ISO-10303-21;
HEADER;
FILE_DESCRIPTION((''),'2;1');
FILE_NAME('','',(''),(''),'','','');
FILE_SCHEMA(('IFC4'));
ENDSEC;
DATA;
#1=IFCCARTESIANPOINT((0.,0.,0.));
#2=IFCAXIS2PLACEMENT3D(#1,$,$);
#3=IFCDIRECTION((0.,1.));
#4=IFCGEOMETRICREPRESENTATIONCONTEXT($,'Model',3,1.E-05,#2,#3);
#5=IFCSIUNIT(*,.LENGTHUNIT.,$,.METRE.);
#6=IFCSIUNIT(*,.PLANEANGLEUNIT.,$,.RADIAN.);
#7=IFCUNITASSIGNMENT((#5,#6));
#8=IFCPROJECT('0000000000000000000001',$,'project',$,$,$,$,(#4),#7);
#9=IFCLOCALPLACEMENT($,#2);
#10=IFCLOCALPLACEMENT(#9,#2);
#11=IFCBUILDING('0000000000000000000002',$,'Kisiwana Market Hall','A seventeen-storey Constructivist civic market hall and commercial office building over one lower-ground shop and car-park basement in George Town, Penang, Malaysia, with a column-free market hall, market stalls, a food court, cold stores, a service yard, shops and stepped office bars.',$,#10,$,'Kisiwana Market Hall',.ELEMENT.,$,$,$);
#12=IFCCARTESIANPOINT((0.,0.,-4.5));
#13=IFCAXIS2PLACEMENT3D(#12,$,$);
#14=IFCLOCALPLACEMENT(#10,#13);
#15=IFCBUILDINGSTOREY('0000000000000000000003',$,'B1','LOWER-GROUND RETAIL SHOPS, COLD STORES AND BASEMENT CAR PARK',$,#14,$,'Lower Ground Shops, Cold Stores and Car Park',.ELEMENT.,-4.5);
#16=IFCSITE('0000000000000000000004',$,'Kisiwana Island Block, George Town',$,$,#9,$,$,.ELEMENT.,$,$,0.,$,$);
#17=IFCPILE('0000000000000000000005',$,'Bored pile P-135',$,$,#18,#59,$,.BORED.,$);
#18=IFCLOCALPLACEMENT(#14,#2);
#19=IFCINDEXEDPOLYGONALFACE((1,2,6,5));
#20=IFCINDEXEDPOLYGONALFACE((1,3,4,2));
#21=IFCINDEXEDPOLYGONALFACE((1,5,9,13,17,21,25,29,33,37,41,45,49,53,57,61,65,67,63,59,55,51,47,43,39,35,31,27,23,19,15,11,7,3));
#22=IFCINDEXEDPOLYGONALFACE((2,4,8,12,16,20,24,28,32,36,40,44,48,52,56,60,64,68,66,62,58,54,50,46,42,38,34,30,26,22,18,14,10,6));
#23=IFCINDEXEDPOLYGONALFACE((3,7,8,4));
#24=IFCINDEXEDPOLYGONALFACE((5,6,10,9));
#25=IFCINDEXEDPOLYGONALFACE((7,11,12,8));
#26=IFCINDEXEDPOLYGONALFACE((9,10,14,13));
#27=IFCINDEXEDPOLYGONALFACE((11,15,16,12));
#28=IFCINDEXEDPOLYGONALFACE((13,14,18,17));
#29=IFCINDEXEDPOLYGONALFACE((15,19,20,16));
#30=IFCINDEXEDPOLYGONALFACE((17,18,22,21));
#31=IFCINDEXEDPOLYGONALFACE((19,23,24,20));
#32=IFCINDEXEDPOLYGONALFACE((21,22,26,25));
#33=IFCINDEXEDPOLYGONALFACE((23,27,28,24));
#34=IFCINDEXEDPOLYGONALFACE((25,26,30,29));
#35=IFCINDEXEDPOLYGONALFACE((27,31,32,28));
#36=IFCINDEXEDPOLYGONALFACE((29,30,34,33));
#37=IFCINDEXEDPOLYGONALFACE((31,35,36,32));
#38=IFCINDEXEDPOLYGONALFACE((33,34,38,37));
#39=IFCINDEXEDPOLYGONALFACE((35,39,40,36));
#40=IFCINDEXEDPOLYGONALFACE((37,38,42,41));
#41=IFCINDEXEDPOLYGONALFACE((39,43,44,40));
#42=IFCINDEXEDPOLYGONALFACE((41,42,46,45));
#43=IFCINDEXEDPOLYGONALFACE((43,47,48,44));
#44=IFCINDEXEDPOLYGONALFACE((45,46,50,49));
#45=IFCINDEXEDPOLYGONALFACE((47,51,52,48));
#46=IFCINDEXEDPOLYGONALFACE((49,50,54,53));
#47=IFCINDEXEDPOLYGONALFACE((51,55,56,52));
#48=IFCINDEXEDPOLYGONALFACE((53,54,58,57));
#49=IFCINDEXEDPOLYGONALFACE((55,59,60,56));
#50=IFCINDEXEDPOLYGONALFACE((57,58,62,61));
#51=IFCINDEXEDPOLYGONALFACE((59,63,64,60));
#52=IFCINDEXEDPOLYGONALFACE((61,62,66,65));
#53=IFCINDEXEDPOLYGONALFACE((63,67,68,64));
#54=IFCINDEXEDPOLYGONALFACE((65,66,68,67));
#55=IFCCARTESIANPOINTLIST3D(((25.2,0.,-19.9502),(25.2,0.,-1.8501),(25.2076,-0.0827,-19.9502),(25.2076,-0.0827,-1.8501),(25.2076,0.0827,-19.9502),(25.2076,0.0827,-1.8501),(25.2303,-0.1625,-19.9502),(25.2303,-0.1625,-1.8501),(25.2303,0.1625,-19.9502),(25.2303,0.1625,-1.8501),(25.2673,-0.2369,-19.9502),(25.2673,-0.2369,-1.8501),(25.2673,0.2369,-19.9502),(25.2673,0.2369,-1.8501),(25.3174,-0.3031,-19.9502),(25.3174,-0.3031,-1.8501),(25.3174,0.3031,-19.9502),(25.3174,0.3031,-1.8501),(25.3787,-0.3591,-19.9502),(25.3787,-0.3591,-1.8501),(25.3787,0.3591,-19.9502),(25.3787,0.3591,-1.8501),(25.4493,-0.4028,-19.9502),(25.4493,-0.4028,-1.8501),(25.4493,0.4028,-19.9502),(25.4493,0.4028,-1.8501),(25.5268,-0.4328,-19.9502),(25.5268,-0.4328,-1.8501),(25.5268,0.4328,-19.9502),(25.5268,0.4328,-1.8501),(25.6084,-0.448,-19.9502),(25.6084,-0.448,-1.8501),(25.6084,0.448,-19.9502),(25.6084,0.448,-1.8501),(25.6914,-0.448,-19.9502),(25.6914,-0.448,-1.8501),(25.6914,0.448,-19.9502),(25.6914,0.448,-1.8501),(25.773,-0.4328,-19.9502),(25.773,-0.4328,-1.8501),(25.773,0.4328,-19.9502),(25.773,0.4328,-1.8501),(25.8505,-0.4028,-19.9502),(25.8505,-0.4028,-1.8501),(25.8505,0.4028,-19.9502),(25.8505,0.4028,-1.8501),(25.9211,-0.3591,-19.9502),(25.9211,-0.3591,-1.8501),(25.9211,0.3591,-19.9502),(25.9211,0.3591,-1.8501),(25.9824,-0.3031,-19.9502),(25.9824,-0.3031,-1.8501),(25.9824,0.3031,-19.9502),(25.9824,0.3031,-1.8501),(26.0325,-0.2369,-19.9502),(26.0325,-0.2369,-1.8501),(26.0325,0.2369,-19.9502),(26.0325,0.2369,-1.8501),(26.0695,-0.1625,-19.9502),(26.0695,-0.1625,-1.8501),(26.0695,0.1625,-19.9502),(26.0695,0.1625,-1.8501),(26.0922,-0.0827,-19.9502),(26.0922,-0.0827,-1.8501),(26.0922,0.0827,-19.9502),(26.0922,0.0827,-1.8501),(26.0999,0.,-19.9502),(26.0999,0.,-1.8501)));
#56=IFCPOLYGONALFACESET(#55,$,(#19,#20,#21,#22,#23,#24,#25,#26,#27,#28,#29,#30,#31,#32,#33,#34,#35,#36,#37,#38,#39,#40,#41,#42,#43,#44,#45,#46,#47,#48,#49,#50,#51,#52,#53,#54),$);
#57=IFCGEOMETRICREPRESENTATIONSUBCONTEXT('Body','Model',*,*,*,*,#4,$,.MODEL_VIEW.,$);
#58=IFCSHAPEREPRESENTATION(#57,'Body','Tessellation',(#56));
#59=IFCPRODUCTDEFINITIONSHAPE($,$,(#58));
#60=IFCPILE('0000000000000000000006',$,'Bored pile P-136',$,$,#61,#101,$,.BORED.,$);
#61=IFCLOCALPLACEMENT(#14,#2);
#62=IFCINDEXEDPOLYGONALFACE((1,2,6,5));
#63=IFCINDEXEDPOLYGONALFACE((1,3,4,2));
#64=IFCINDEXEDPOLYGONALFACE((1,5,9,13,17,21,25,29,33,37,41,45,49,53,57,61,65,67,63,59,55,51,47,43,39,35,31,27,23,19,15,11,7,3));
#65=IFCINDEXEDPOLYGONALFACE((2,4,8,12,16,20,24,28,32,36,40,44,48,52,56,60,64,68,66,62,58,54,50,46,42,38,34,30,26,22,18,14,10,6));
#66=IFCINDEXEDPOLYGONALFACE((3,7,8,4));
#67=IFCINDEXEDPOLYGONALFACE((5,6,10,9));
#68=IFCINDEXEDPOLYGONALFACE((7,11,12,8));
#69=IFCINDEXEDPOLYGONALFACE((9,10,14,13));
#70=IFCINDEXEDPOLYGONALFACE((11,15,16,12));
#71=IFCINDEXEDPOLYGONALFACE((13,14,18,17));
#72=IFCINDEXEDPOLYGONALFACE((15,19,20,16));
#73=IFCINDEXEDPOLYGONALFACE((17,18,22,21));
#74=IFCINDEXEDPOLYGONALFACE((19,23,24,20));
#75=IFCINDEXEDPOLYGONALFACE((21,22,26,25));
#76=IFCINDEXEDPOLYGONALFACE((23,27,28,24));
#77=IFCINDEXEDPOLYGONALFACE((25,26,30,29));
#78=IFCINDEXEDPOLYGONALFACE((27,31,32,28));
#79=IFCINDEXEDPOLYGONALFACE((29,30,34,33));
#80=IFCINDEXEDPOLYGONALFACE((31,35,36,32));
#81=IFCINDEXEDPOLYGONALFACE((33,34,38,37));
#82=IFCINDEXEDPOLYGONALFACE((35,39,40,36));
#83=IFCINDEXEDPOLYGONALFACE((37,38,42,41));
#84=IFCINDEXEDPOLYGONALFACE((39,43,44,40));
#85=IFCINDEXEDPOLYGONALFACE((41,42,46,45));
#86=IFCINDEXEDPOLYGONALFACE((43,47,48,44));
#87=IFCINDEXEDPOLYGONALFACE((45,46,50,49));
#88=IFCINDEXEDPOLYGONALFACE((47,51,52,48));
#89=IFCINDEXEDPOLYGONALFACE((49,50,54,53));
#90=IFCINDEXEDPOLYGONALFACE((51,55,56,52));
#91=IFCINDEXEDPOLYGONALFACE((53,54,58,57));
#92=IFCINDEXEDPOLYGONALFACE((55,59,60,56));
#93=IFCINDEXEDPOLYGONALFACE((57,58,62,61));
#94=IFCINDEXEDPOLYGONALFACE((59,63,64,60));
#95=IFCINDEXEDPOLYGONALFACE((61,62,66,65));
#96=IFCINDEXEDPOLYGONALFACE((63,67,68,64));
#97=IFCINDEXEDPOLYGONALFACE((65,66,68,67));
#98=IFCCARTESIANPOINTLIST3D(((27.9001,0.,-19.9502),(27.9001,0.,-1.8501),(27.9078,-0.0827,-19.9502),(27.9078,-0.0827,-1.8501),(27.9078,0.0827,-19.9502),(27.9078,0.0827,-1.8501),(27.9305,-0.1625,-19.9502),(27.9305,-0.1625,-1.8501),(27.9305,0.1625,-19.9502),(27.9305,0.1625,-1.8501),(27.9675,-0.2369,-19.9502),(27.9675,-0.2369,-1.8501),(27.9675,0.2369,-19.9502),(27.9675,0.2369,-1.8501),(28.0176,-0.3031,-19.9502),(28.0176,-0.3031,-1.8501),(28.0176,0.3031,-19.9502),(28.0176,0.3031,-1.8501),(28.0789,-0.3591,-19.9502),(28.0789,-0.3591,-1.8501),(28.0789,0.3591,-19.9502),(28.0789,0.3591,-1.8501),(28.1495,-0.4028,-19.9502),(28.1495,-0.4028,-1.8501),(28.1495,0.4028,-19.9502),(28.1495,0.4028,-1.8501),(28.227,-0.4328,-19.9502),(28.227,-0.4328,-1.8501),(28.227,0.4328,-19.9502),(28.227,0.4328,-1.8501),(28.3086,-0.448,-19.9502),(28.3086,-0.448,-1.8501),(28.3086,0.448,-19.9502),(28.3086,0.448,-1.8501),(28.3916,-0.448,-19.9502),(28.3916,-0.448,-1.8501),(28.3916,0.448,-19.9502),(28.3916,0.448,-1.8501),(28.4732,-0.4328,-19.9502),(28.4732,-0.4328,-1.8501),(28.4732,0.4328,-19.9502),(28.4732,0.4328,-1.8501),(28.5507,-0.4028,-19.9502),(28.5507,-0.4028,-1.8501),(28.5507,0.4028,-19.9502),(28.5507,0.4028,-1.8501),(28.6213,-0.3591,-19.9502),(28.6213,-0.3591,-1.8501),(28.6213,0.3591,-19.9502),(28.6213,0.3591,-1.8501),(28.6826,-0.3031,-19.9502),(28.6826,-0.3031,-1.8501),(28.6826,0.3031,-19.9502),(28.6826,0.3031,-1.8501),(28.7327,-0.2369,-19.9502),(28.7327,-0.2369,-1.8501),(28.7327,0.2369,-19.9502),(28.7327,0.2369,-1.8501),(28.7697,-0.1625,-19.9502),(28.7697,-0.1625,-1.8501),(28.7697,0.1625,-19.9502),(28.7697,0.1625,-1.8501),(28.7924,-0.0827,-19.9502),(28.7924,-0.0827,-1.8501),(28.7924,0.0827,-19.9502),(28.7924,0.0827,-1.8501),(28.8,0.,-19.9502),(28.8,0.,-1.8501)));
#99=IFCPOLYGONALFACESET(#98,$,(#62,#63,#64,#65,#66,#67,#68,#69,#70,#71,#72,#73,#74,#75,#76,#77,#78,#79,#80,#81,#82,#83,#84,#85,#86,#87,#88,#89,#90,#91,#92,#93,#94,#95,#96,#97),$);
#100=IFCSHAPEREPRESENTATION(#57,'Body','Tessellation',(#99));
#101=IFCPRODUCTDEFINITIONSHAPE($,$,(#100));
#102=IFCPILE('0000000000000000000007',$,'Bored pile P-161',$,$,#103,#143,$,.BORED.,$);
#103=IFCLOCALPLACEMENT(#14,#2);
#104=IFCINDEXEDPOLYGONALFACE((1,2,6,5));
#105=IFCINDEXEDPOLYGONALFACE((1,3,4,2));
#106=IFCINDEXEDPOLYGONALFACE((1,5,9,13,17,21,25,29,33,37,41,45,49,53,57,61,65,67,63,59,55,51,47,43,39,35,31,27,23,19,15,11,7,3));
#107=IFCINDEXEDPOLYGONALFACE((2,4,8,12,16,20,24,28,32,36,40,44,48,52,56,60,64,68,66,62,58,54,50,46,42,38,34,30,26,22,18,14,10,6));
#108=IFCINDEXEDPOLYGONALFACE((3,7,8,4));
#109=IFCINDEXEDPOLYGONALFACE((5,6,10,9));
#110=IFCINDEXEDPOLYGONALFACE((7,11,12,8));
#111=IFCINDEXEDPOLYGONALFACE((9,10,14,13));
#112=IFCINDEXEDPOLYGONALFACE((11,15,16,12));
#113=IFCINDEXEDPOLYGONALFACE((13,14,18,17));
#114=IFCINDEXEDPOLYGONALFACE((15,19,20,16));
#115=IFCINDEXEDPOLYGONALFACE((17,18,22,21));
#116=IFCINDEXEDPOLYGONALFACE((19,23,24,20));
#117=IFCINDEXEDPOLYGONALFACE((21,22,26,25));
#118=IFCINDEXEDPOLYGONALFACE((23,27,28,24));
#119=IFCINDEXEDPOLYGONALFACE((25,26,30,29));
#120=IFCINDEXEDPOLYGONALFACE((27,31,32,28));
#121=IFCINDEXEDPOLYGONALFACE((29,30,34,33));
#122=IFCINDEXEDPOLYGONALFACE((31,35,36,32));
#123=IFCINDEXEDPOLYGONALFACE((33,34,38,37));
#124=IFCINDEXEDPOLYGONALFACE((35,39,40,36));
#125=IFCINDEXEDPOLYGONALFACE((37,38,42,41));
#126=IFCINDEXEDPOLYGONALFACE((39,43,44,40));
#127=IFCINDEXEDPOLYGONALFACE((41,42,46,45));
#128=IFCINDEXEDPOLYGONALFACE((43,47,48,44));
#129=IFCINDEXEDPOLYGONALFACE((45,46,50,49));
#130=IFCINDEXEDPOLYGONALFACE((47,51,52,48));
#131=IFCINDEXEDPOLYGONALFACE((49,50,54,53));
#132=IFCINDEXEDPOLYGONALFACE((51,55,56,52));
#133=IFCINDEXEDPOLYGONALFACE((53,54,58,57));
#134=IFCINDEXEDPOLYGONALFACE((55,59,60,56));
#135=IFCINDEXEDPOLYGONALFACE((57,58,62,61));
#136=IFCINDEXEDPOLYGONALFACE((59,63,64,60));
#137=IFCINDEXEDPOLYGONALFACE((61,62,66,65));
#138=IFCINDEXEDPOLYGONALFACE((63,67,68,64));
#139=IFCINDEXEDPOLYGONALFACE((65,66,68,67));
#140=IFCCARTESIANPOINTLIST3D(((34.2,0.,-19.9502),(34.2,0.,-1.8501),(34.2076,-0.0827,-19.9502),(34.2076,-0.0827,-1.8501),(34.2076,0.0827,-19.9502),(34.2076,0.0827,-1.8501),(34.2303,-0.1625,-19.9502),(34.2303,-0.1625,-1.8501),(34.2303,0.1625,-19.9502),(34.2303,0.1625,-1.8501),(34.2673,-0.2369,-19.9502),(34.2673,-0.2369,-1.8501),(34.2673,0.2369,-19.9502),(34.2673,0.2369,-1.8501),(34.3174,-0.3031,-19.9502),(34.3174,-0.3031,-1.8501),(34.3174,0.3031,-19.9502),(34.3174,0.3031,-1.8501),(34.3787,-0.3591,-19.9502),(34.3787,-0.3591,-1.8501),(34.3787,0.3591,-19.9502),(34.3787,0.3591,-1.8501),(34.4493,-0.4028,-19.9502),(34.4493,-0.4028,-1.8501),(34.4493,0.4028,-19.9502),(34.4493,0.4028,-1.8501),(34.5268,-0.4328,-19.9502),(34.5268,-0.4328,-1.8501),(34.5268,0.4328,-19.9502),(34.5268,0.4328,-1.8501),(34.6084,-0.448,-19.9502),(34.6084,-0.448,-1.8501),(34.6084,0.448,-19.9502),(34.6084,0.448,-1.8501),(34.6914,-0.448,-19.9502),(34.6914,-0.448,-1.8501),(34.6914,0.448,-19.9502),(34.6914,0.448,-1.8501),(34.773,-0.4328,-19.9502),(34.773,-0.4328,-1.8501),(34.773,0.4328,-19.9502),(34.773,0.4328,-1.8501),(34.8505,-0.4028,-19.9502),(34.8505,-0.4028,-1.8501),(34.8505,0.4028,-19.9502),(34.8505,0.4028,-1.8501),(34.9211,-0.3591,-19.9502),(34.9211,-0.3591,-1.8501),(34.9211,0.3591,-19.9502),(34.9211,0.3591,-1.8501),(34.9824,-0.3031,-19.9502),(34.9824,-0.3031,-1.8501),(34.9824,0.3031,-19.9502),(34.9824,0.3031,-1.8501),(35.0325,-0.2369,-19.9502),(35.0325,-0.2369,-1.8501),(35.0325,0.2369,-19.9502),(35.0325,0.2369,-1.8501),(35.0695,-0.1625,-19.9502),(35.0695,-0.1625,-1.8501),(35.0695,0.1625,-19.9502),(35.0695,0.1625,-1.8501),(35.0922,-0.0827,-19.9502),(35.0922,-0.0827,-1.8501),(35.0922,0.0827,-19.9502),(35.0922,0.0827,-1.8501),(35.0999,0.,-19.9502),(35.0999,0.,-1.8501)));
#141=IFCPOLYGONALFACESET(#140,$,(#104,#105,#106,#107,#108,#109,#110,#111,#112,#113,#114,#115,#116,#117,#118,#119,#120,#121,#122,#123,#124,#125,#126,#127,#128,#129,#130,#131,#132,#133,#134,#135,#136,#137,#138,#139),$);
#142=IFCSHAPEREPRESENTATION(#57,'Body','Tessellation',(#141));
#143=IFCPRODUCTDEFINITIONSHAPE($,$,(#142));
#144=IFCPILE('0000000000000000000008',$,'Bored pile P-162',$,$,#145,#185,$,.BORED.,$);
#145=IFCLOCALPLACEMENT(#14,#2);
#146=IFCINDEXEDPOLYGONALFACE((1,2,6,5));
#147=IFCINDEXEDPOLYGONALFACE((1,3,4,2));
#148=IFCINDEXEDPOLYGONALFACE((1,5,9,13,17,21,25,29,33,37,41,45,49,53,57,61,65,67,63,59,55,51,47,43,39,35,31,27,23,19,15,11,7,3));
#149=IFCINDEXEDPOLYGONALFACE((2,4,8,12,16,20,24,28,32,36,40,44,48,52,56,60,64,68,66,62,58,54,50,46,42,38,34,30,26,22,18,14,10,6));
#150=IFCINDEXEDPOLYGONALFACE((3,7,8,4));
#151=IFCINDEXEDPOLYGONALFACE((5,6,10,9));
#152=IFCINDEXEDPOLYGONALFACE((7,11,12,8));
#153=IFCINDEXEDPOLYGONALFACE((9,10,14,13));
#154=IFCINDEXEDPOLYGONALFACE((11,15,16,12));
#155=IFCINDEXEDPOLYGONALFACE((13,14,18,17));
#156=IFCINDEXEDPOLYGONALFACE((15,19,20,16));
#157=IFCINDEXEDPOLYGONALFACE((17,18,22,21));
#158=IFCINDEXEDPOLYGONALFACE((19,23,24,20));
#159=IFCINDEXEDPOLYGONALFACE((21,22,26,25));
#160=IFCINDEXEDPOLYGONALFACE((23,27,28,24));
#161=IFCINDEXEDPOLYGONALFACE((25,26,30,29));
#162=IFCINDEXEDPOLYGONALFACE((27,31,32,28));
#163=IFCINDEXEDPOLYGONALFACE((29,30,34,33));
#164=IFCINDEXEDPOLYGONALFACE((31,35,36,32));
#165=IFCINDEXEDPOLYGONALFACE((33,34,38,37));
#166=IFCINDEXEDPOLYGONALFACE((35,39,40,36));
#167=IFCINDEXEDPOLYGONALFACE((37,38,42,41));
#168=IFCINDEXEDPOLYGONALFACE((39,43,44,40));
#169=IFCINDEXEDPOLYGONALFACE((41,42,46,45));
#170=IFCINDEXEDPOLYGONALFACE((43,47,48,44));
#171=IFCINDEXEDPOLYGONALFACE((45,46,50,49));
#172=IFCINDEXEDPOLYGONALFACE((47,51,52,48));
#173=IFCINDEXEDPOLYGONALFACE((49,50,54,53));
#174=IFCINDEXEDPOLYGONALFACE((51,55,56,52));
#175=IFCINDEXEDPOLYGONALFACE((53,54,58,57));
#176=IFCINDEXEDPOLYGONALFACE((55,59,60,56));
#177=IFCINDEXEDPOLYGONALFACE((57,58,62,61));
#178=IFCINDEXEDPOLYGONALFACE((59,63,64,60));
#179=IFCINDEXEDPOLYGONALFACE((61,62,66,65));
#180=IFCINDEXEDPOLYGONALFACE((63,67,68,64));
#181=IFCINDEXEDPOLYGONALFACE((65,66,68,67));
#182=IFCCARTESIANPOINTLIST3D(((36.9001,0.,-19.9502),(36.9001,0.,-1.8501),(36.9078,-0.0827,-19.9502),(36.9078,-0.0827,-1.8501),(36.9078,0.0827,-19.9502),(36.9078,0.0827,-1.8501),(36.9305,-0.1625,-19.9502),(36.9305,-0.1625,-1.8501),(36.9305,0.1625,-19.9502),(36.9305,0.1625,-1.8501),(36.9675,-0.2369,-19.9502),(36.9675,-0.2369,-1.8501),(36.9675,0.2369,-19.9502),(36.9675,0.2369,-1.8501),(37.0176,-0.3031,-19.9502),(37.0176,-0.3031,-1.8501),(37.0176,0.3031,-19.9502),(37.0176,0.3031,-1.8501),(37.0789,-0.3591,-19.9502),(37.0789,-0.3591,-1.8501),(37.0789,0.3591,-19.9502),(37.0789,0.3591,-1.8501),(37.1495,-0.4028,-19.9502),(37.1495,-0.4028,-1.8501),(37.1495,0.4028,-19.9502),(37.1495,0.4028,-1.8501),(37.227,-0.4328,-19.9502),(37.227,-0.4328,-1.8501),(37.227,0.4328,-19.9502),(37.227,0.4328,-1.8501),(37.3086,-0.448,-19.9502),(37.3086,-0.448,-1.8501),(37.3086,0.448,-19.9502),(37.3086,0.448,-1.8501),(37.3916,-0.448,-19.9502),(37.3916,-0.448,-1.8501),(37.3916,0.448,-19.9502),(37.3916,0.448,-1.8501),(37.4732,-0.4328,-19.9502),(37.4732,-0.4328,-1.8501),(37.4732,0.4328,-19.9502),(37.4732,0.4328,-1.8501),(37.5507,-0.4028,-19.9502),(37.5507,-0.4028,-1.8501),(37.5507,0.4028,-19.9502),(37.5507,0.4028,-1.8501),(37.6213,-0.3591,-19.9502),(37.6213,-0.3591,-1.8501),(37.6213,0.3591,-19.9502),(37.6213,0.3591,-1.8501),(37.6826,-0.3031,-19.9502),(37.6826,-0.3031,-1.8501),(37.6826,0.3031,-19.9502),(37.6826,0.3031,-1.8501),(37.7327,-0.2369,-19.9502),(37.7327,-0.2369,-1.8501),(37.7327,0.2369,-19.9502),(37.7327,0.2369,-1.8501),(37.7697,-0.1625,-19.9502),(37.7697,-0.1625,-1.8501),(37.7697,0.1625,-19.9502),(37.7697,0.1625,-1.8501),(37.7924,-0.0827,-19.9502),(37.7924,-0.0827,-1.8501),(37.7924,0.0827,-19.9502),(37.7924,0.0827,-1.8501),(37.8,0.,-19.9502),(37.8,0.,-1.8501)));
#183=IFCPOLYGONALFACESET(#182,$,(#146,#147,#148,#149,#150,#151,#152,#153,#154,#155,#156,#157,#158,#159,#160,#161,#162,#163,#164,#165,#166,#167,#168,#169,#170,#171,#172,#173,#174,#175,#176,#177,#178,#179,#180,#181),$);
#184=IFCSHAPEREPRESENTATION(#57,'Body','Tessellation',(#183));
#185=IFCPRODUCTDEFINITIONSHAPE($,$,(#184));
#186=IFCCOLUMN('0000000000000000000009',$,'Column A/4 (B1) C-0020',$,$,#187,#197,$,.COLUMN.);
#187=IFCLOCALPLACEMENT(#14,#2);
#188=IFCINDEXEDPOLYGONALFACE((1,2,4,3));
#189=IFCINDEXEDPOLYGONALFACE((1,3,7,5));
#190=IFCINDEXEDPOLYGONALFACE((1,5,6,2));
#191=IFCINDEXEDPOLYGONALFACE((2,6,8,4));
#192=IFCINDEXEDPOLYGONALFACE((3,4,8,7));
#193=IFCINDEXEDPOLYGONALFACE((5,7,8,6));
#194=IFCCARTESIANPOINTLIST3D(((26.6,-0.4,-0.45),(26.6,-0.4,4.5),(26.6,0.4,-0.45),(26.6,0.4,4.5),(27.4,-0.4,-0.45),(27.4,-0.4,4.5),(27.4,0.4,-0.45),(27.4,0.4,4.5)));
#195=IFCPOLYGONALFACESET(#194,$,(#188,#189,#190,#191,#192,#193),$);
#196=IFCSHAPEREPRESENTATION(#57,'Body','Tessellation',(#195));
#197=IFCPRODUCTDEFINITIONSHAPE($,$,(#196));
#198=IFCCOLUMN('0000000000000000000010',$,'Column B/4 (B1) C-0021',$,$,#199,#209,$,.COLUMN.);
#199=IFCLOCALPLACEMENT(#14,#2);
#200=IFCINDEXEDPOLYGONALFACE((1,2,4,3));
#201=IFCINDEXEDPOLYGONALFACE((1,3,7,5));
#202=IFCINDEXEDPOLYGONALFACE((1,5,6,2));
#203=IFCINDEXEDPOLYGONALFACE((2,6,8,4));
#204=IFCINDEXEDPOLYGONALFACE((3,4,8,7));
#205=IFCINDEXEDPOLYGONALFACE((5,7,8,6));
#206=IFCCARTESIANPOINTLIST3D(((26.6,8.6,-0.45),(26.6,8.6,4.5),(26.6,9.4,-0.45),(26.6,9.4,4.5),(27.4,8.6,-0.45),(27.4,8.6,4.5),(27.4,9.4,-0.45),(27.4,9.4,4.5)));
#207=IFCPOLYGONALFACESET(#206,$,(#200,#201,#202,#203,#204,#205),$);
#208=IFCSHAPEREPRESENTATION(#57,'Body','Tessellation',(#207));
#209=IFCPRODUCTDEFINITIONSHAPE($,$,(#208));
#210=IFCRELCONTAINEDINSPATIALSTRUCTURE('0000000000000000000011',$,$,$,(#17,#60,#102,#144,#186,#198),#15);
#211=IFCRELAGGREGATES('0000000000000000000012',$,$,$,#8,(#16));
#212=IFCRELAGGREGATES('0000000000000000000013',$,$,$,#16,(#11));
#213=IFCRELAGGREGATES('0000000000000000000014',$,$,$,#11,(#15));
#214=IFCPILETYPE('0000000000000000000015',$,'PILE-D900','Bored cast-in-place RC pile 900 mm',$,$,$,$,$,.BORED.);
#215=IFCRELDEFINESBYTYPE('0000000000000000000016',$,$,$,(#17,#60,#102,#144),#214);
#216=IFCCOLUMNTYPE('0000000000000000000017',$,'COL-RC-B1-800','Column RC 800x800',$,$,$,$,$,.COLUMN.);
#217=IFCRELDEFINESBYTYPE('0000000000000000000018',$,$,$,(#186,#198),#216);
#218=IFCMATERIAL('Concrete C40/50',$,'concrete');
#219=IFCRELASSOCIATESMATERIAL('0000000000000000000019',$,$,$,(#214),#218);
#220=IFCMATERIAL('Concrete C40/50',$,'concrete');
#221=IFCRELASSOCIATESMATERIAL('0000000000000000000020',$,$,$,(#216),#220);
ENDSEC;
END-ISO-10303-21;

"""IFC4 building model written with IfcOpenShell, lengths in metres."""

from ifc_helpers import new_model, si_unit, direction, frame, origin, origin_2d, place, context, subcontext, project, spatial, rectangle, circle, extrude, material, material_profile, profile_set, type_object, element, save


model = new_model("IFC4")

# Units and contexts
model_context = context("Model", 3, precision=1e-05, world=origin(), true_north=direction((0.0, 1.0)))
body_context = subcontext(model_context, "Body", "Model", "MODEL_VIEW")
ifc_project = project(units=[si_unit("LENGTHUNIT", "METRE"), si_unit("PLANEANGLEUNIT", "RADIAN")], contexts=[model_context])

# Site, building, storey
site_placement = place(None, origin())
site = spatial("IfcSite", under=ifc_project, at=site_placement, Name="Kisiwana Island Block, George Town", CompositionType="ELEMENT", RefElevation=0.0)
building_placement = place(site_placement, origin())
building = spatial("IfcBuilding", under=site, at=building_placement, Name="Kisiwana Market Hall", Description="A seventeen-storey Constructivist civic market hall and commercial office building over one lower-ground shop and car-park basement in George Town, Penang, Malaysia, with a column-free market hall, market stalls, a food court, cold stores, a service yard, shops and stepped office bars.", LongName="Kisiwana Market Hall", CompositionType="ELEMENT")
storey_placement = place(building_placement, frame((0.0, 0.0, -4.5)))
storey = spatial("IfcBuildingStorey", under=building, at=storey_placement, Name="B1", Description="LOWER-GROUND RETAIL SHOPS, COLD STORES AND BASEMENT CAR PARK", LongName="Lower Ground Shops, Cold Stores and Car Park", CompositionType="ELEMENT", Elevation=-4.5)

# Piles
ifc_material_1 = material(Name="Concrete C40/50", Category="concrete")
ifc_material_profile_1 = material_profile(ifc_material_1, circle(Radius=0.45, at=origin_2d()), Name="BP D900")
ifc_profile_set_1 = profile_set([ifc_material_profile_1], Name="Concrete C40/50")
pile_type_1 = type_object("IfcPileType", Name="PILE-D900", Description="Bored cast-in-place RC pile 900 mm", PredefinedType="BORED", material=ifc_profile_set_1)
for number, where, z_axis, x_axis, name in (
    (1, (25.6499, 0.0, -1.8501), (0.0, 0.0, -1.0), (1.0, 0.0, 0.0), "Bored pile P-135"),
    (2, (28.3501, 0.0, -1.8501), (0.0, 0.0, -1.0), (1.0, 0.0, 0.0), "Bored pile P-136"),
    (3, (34.6499, 0.0, -1.8501), (0.0, 0.0, -1.0), (1.0, 0.0, 0.0), "Bored pile P-161"),
    (4, (37.3501, 0.0, -1.8501), (0.0, 0.0, -1.0), (1.0, 0.0, 0.0), "Bored pile P-162"),
):
    element("IfcPile", number, at=place(storey_placement, frame(where, z_axis=z_axis, x_axis=x_axis)), inside=storey, type_object=pile_type_1, Name=name, PredefinedType="BORED", context=body_context, shape_type="SweptSolid", body=[
        extrude(circle(Radius=0.45, at=origin_2d()), origin(), (0.0, 0.0, 1.0), 18.1001),
    ])

# Columns
ifc_material_2 = material(Name="Concrete C40/50", Category="concrete")
ifc_material_profile_2 = material_profile(ifc_material_2, rectangle(XDim=0.8, YDim=0.8, at=origin_2d()), Name="RC 800x800")
ifc_profile_set_2 = profile_set([ifc_material_profile_2], Name="Concrete C40/50")
column_type_1 = type_object("IfcColumnType", Name="COL-RC-B1-800", Description="Column RC 800x800", PredefinedType="COLUMN", material=ifc_profile_set_2)
for number, where, z_axis, x_axis, name in (
    (5, (27.0, 0.0, -0.45), (0.0, 0.0, 1.0), (1.0, 0.0, 0.0), "Column A/4 (B1) C-0020"),
    (6, (27.0, 9.0, -0.45), (0.0, 0.0, 1.0), (1.0, 0.0, 0.0), "Column B/4 (B1) C-0021"),
):
    element("IfcColumn", number, at=place(storey_placement, frame(where, z_axis=z_axis, x_axis=x_axis)), inside=storey, type_object=column_type_1, Name=name, PredefinedType="COLUMN", context=body_context, shape_type="SweptSolid", body=[
        extrude(rectangle(XDim=0.8, YDim=0.8, at=origin_2d()), origin(), (0.0, 0.0, 1.0), 4.95),
    ])

save(model, "model.ifc")
